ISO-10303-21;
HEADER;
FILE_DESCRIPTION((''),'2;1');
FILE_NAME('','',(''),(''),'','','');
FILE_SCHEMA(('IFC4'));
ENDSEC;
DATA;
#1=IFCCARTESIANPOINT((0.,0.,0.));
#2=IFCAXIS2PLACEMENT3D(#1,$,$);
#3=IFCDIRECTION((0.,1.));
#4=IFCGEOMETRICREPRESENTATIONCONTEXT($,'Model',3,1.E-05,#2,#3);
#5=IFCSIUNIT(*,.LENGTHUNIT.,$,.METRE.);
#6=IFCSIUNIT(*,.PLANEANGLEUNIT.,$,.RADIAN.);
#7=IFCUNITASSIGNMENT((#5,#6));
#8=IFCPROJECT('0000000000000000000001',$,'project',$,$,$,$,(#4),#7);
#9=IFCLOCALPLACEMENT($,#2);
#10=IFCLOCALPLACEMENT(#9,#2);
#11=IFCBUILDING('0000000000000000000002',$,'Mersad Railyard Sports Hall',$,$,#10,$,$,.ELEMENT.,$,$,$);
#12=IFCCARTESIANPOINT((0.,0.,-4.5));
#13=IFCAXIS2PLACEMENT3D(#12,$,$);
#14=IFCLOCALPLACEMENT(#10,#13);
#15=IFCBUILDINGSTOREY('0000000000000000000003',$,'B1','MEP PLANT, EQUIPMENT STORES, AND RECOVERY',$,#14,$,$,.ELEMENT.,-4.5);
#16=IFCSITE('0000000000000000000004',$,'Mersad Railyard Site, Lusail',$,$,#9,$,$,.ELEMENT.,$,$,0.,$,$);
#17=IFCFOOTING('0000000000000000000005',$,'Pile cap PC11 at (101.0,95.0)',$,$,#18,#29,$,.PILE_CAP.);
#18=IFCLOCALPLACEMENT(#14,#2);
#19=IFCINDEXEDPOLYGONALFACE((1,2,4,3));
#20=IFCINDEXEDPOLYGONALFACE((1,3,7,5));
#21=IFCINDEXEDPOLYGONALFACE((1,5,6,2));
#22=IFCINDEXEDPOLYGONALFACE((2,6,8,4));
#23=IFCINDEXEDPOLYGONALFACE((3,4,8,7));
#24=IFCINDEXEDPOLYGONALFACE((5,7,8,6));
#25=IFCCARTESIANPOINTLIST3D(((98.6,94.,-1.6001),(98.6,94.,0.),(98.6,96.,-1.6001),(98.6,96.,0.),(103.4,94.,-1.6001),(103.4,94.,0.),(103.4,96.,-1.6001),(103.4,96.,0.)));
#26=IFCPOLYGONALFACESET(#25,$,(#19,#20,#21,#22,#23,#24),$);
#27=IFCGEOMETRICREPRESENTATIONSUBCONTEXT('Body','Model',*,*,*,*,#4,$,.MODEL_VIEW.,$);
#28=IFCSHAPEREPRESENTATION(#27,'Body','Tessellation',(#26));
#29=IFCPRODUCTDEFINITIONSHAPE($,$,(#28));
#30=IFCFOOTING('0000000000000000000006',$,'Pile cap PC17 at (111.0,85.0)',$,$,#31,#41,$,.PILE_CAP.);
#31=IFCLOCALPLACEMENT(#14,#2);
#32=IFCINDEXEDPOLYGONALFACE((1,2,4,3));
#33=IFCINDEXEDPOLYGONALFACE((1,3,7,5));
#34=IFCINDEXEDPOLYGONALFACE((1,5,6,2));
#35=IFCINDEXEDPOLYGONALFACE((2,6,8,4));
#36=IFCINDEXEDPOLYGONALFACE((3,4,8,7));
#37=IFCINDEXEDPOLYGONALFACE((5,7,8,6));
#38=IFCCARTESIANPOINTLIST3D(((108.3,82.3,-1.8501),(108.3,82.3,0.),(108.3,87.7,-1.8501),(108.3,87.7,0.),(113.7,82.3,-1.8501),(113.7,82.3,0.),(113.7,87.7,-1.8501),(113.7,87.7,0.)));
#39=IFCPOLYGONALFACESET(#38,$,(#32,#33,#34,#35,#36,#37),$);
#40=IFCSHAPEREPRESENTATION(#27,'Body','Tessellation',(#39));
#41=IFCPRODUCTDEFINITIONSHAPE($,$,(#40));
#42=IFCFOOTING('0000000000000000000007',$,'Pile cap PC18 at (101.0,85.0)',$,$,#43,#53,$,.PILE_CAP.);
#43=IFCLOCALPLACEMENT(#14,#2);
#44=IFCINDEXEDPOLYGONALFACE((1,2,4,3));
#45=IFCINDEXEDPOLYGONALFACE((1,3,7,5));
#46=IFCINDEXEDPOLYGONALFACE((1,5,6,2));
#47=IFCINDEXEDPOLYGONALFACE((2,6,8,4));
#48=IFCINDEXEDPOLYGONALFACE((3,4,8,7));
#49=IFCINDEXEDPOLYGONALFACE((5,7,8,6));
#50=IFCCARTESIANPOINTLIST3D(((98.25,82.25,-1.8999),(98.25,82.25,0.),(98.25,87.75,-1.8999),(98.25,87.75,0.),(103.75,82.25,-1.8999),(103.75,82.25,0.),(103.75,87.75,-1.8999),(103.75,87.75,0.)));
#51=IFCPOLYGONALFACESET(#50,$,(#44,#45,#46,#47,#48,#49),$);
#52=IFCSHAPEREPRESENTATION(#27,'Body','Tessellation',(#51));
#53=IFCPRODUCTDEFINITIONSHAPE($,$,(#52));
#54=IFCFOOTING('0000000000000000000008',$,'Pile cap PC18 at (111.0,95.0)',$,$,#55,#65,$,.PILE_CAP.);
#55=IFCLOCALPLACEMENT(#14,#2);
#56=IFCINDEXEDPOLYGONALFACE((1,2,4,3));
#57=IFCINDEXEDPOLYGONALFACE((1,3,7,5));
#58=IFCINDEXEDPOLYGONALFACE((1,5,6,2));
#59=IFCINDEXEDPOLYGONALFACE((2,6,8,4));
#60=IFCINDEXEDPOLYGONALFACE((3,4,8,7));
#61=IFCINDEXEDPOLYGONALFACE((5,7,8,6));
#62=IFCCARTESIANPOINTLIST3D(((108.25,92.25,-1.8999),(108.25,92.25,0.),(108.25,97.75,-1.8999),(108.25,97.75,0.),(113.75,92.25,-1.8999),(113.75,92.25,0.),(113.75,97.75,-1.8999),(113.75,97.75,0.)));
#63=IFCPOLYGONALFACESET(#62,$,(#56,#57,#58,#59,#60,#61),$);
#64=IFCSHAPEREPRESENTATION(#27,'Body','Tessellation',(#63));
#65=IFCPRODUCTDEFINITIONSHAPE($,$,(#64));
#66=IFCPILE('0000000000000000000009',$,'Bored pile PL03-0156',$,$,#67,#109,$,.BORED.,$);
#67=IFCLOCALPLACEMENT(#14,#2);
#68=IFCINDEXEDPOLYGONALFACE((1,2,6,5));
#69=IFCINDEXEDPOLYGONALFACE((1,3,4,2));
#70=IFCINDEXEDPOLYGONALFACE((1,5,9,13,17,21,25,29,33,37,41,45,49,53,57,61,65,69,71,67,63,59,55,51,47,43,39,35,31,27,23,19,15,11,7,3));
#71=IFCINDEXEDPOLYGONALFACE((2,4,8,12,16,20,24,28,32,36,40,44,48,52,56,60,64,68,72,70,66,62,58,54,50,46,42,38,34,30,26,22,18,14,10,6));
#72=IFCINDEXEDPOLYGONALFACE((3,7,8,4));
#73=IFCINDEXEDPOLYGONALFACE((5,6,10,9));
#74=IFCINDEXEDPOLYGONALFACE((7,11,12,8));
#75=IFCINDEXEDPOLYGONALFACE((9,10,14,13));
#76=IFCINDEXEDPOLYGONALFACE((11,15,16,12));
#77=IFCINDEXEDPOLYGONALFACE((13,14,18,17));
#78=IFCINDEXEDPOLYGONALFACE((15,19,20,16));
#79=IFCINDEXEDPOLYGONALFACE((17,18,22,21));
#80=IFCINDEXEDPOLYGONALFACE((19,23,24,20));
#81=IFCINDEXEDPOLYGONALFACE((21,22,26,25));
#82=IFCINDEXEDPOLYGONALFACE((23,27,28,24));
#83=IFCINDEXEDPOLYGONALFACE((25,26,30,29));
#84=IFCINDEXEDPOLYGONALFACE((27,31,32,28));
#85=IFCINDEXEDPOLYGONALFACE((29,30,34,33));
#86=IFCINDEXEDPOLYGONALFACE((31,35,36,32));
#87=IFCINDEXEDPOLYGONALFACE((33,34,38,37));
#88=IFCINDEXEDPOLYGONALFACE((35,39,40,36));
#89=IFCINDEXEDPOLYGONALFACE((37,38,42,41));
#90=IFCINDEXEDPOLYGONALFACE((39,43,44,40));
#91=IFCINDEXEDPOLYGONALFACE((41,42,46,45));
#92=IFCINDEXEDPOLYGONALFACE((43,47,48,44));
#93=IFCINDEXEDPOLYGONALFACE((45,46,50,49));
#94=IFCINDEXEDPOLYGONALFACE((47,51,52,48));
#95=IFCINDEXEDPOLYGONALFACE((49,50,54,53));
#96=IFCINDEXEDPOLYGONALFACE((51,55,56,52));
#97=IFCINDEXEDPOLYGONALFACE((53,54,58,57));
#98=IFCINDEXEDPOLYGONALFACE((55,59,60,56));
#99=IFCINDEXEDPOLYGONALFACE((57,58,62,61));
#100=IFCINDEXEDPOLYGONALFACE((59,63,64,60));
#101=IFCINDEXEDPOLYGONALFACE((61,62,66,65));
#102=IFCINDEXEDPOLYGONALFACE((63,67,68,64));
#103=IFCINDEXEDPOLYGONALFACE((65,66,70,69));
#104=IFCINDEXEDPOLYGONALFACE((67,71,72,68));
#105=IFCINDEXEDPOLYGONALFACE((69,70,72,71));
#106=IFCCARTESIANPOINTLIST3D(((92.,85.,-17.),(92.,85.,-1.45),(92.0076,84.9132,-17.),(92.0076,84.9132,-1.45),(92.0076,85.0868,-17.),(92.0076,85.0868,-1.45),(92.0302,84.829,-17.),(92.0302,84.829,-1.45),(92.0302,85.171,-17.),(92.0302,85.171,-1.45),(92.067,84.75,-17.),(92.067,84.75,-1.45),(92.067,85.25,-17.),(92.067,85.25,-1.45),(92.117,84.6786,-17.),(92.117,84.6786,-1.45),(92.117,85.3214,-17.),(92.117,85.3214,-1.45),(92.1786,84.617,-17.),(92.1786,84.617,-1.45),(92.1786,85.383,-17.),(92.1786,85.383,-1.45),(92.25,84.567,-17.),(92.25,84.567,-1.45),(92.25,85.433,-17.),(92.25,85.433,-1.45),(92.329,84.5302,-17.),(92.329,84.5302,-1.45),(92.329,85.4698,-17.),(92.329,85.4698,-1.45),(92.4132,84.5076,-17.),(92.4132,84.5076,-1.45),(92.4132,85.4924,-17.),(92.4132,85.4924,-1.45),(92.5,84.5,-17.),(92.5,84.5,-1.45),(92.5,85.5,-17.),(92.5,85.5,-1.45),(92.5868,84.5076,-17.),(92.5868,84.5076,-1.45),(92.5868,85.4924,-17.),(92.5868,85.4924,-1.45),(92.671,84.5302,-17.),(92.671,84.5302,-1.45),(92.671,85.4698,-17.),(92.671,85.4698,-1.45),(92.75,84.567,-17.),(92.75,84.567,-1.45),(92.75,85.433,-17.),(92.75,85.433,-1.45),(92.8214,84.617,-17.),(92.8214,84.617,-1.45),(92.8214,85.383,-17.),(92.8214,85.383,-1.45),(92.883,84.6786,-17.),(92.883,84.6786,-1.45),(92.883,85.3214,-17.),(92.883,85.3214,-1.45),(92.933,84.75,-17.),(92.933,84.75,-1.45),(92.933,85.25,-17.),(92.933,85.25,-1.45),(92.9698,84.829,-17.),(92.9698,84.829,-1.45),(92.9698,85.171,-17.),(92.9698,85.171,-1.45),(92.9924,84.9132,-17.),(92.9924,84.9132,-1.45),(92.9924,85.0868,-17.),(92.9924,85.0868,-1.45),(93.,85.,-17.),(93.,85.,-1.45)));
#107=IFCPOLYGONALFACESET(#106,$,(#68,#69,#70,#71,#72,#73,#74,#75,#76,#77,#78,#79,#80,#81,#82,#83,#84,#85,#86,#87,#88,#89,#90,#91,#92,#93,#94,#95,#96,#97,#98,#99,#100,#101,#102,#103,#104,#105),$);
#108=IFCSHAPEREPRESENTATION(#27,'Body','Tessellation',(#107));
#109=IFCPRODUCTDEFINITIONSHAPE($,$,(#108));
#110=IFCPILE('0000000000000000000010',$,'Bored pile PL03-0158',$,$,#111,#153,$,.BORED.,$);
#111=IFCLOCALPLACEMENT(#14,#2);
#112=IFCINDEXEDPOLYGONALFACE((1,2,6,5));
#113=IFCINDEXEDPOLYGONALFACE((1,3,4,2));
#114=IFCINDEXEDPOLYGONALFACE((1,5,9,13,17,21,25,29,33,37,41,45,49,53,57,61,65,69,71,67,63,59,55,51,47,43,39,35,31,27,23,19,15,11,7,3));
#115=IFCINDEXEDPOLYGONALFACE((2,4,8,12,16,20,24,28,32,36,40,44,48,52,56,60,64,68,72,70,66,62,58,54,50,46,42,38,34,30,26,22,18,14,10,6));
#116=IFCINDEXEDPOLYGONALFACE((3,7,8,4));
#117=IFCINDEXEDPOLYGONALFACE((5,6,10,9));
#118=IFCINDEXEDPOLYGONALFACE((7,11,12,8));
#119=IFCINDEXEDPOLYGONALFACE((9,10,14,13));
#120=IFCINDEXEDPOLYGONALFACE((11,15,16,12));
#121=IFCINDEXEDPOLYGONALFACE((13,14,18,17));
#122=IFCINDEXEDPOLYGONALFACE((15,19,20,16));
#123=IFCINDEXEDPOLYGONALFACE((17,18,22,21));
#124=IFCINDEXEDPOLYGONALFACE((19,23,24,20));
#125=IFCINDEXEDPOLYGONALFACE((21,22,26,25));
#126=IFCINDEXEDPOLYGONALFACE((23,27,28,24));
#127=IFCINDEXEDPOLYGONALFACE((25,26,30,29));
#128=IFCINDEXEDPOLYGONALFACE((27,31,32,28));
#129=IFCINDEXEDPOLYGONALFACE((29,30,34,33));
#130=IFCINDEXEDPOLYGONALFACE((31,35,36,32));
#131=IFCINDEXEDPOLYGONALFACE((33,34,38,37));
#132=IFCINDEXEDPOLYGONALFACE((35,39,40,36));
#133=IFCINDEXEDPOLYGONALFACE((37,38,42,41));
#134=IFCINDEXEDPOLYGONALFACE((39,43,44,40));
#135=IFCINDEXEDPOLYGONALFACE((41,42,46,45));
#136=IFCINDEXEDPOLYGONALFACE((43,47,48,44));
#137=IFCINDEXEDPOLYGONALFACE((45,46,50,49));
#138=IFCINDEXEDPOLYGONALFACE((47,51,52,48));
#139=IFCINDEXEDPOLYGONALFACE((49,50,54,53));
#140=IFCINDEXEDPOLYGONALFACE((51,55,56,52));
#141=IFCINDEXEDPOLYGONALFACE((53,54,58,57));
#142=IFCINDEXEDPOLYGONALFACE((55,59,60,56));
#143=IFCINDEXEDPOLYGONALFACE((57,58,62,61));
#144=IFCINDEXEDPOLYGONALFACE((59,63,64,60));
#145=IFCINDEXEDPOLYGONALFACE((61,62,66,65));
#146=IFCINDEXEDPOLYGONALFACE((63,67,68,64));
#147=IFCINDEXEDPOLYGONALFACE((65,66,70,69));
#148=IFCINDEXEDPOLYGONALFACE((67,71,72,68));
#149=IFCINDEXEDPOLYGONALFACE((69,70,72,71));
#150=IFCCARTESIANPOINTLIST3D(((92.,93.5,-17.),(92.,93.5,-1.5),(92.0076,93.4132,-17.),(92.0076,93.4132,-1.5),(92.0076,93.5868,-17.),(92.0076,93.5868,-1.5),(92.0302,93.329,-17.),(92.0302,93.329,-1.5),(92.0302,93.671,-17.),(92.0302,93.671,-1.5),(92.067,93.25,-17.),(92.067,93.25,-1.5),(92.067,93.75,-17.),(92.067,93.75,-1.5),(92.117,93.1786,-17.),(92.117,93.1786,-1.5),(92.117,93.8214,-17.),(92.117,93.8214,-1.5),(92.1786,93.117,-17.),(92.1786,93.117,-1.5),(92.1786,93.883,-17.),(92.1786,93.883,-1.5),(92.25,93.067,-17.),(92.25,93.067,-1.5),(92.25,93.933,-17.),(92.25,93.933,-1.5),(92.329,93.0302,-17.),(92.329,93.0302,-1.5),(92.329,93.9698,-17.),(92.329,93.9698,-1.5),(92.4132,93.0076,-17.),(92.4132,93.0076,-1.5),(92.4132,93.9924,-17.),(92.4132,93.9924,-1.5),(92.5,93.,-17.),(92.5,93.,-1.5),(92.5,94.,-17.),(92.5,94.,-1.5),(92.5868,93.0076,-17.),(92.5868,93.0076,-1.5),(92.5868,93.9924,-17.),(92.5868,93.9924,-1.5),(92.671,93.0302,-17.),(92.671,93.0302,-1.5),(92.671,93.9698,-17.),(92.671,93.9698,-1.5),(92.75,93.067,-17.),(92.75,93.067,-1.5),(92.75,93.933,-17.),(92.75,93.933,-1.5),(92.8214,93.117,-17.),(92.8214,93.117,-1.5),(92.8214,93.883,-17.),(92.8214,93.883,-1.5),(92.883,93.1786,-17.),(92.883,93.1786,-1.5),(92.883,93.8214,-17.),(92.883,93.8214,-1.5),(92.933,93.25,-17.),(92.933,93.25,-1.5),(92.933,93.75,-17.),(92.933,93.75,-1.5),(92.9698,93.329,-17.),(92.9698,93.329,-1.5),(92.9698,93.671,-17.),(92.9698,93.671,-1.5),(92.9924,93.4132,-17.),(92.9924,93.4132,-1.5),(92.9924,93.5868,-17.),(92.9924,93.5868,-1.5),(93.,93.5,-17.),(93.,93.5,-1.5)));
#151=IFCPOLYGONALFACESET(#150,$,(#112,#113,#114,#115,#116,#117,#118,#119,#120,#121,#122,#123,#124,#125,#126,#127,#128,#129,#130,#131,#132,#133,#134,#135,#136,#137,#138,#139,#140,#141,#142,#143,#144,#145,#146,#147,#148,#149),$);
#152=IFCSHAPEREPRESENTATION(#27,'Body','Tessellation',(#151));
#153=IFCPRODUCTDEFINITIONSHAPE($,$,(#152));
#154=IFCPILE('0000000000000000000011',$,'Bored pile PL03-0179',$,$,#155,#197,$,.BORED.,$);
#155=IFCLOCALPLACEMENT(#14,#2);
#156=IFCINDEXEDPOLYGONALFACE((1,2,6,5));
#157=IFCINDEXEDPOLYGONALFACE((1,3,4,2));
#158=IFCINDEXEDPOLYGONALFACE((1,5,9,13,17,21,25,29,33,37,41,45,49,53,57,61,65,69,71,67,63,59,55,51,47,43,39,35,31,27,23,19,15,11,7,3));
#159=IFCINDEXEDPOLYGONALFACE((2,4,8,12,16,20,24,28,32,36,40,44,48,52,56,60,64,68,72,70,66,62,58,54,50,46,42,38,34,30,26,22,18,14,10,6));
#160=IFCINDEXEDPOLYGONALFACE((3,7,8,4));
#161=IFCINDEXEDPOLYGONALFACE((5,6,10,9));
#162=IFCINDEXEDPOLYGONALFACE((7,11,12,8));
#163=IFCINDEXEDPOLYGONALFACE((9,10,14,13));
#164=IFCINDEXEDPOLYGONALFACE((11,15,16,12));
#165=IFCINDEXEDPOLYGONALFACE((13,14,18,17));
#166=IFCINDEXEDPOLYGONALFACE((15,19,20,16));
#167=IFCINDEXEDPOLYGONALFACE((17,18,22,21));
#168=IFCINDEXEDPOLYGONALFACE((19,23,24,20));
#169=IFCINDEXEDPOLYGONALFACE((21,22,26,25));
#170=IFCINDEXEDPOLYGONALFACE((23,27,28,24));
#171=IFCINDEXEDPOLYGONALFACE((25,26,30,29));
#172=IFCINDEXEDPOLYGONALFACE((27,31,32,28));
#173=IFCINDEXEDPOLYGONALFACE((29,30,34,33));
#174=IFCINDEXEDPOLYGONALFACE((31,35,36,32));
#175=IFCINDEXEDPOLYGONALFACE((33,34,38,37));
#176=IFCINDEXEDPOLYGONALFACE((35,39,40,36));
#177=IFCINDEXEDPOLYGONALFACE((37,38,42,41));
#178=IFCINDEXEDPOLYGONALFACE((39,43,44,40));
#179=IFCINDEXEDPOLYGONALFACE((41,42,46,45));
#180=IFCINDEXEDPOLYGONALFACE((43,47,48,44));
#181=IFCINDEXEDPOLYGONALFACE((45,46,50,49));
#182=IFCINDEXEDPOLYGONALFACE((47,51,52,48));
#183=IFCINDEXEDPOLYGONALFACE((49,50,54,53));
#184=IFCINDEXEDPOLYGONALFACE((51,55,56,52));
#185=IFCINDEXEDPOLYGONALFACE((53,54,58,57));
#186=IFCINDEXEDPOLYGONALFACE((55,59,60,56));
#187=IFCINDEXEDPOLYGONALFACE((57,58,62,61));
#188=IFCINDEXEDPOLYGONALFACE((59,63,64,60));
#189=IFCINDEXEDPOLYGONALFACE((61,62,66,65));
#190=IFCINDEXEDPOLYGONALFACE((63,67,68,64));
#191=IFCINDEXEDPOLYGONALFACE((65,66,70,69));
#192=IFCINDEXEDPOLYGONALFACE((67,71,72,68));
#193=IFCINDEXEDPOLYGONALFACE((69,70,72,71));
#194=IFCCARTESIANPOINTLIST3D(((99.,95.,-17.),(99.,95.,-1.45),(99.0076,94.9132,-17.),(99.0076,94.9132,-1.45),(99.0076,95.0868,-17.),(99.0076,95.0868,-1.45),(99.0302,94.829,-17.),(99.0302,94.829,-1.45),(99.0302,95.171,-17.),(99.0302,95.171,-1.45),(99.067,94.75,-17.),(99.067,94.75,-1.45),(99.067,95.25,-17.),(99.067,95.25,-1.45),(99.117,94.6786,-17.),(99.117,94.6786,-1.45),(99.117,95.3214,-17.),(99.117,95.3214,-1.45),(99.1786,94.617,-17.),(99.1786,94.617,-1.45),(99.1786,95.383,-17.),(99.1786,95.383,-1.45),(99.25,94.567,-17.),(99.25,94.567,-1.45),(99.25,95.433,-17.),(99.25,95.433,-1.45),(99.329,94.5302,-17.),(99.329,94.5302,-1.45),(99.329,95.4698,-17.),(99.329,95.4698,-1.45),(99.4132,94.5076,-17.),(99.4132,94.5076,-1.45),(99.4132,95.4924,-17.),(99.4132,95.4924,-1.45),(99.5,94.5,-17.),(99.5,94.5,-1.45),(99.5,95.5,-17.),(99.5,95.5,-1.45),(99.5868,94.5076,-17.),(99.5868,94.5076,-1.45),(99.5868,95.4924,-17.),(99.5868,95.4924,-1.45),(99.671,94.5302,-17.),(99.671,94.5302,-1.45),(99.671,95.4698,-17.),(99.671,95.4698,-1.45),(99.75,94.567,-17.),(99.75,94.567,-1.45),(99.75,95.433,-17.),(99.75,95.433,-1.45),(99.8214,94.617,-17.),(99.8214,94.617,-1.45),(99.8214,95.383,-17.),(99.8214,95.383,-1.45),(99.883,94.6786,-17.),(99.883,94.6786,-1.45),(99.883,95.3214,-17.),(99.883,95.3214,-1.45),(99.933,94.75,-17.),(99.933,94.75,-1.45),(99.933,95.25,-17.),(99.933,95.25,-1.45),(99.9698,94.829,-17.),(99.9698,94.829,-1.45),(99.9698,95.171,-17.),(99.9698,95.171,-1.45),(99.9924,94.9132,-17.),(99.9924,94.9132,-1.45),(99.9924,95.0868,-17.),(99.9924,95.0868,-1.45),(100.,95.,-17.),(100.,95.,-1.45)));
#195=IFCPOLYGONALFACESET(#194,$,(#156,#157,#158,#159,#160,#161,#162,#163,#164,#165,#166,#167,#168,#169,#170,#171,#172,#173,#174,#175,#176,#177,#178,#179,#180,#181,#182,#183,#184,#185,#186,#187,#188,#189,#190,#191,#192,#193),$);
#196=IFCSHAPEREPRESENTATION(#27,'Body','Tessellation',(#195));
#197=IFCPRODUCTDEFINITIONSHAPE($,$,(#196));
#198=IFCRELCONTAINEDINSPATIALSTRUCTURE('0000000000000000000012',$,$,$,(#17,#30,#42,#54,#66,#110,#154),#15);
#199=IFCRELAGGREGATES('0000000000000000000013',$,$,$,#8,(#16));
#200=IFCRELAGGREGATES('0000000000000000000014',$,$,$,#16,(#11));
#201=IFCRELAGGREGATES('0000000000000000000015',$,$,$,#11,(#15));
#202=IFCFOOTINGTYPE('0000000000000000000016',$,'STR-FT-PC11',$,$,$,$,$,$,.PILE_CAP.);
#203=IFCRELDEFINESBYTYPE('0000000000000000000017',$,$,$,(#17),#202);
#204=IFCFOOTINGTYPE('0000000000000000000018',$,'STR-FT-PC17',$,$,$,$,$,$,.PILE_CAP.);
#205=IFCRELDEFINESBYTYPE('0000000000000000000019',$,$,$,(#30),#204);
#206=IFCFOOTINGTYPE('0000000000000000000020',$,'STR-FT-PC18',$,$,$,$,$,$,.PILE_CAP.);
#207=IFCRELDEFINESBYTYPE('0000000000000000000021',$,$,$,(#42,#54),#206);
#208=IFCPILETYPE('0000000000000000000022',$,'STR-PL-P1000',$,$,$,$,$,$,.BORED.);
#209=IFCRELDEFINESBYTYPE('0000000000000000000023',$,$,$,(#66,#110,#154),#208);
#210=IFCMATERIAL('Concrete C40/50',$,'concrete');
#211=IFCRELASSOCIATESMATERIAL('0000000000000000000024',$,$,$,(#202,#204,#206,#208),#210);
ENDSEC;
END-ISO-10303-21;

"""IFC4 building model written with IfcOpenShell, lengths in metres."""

from ifc_helpers import new_model, si_unit, direction, frame, origin, origin_2d, place, context, subcontext, project, spatial, rectangle, circle, extrude, material, material_profile, profile_set, type_object, element, save


model = new_model("IFC4")

# Units and contexts
model_context = context("Model", 3, precision=1e-05, world=origin(), true_north=direction((0.0, 1.0)))
body_context = subcontext(model_context, "Body", "Model", "MODEL_VIEW")
ifc_project = project(units=[si_unit("LENGTHUNIT", "METRE"), si_unit("PLANEANGLEUNIT", "RADIAN")], contexts=[model_context])

# Site, building, storey
site_placement = place(None, origin())
site = spatial("IfcSite", under=ifc_project, at=site_placement, Name="Mersad Railyard Site, Lusail", CompositionType="ELEMENT", RefElevation=0.0)
building_placement = place(site_placement, origin())
building = spatial("IfcBuilding", under=site, at=building_placement, Name="Mersad Railyard Sports Hall", CompositionType="ELEMENT")
storey_placement = place(building_placement, frame((0.0, 0.0, -4.5)))
storey = spatial("IfcBuildingStorey", under=building, at=storey_placement, Name="B1", Description="MEP PLANT, EQUIPMENT STORES, AND RECOVERY", CompositionType="ELEMENT", Elevation=-4.5)

# Footings
ifc_material_1 = material(Name="Concrete C40/50", Category="concrete")
footing_type_1 = type_object("IfcFootingType", Name="STR-FT-PC11", PredefinedType="PILE_CAP", material=ifc_material_1)
footing_1_placement = place(storey_placement, frame((101.0, 95.0, -1.6001), z_axis=(0.0, 0.0, 1.0), x_axis=(1.0, 0.0, 0.0)))
element("IfcFooting", 1, at=footing_1_placement, inside=storey, type_object=footing_type_1, Name="Pile cap PC11 at (101.0,95.0)", PredefinedType="PILE_CAP", context=body_context, shape_type="SweptSolid", body=[
    extrude(rectangle(XDim=4.8, YDim=2.0, at=origin_2d()), origin(), (0.0, 0.0, 1.0), 1.6001),
])
footing_type_2 = type_object("IfcFootingType", Name="STR-FT-PC17", PredefinedType="PILE_CAP", material=ifc_material_1)
footing_2_placement = place(storey_placement, frame((111.0, 85.0, -1.8501), z_axis=(0.0, 0.0, 1.0), x_axis=(1.0, 0.0, 0.0)))
element("IfcFooting", 2, at=footing_2_placement, inside=storey, type_object=footing_type_2, Name="Pile cap PC17 at (111.0,85.0)", PredefinedType="PILE_CAP", context=body_context, shape_type="SweptSolid", body=[
    extrude(rectangle(XDim=5.3999, YDim=5.3999, at=origin_2d()), origin(), (0.0, 0.0, 1.0), 1.8501),
])
footing_type_3 = type_object("IfcFootingType", Name="STR-FT-PC18", PredefinedType="PILE_CAP", material=ifc_material_1)
for number, where, z_axis, x_axis, name in (
    (3, (101.0, 85.0, -1.8999), (0.0, 0.0, 1.0), (1.0, 0.0, 0.0), "Pile cap PC18 at (101.0,85.0)"),
    (4, (111.0, 95.0, -1.8999), (0.0, 0.0, 1.0), (1.0, 0.0, 0.0), "Pile cap PC18 at (111.0,95.0)"),
):
    element("IfcFooting", number, at=place(storey_placement, frame(where, z_axis=z_axis, x_axis=x_axis)), inside=storey, type_object=footing_type_3, Name=name, PredefinedType="PILE_CAP", context=body_context, shape_type="SweptSolid", body=[
        extrude(rectangle(XDim=5.5, YDim=5.5, at=origin_2d()), origin(), (0.0, 0.0, 1.0), 1.8999),
    ])

# Piles
ifc_material_profile_1 = material_profile(ifc_material_1, circle(Radius=0.5, at=origin_2d()), Name="BORED PILE D1000")
ifc_profile_set_1 = profile_set([ifc_material_profile_1], Name="Concrete C40/50")
pile_type_1 = type_object("IfcPileType", Name="STR-PL-P1000", PredefinedType="BORED", material=ifc_profile_set_1)
pile_1_placement = place(storey_placement, frame((92.5, 85.0, -1.45), z_axis=(0.0, 0.0, -1.0), x_axis=(1.0, 0.0, 0.0)))
element("IfcPile", 5, at=pile_1_placement, inside=storey, type_object=pile_type_1, Name="Bored pile PL03-0156", PredefinedType="BORED", context=body_context, shape_type="SweptSolid", body=[
    extrude(circle(Radius=0.5, at=origin_2d()), origin(), (0.0, 0.0, 1.0), 15.55),
])
pile_2_placement = place(storey_placement, frame((92.5, 93.5, -1.5), z_axis=(0.0, 0.0, -1.0), x_axis=(1.0, 0.0, 0.0)))
element("IfcPile", 6, at=pile_2_placement, inside=storey, type_object=pile_type_1, Name="Bored pile PL03-0158", PredefinedType="BORED", context=body_context, shape_type="SweptSolid", body=[
    extrude(circle(Radius=0.5, at=origin_2d()), origin(), (0.0, 0.0, 1.0), 15.5),
])
for number, where, z_axis, x_axis, name in (
    (7, (99.5, 95.0, -1.45), (0.0, 0.0, -1.0), (1.0, 0.0, 0.0), "Bored pile PL03-0179"),
):
    element("IfcPile", number, at=place(storey_placement, frame(where, z_axis=z_axis, x_axis=x_axis)), inside=storey, type_object=pile_type_1, Name=name, PredefinedType="BORED", context=body_context, shape_type="SweptSolid", body=[
        extrude(circle(Radius=0.5, at=origin_2d()), origin(), (0.0, 0.0, 1.0), 15.55),
    ])

save(model, "model.ifc")
